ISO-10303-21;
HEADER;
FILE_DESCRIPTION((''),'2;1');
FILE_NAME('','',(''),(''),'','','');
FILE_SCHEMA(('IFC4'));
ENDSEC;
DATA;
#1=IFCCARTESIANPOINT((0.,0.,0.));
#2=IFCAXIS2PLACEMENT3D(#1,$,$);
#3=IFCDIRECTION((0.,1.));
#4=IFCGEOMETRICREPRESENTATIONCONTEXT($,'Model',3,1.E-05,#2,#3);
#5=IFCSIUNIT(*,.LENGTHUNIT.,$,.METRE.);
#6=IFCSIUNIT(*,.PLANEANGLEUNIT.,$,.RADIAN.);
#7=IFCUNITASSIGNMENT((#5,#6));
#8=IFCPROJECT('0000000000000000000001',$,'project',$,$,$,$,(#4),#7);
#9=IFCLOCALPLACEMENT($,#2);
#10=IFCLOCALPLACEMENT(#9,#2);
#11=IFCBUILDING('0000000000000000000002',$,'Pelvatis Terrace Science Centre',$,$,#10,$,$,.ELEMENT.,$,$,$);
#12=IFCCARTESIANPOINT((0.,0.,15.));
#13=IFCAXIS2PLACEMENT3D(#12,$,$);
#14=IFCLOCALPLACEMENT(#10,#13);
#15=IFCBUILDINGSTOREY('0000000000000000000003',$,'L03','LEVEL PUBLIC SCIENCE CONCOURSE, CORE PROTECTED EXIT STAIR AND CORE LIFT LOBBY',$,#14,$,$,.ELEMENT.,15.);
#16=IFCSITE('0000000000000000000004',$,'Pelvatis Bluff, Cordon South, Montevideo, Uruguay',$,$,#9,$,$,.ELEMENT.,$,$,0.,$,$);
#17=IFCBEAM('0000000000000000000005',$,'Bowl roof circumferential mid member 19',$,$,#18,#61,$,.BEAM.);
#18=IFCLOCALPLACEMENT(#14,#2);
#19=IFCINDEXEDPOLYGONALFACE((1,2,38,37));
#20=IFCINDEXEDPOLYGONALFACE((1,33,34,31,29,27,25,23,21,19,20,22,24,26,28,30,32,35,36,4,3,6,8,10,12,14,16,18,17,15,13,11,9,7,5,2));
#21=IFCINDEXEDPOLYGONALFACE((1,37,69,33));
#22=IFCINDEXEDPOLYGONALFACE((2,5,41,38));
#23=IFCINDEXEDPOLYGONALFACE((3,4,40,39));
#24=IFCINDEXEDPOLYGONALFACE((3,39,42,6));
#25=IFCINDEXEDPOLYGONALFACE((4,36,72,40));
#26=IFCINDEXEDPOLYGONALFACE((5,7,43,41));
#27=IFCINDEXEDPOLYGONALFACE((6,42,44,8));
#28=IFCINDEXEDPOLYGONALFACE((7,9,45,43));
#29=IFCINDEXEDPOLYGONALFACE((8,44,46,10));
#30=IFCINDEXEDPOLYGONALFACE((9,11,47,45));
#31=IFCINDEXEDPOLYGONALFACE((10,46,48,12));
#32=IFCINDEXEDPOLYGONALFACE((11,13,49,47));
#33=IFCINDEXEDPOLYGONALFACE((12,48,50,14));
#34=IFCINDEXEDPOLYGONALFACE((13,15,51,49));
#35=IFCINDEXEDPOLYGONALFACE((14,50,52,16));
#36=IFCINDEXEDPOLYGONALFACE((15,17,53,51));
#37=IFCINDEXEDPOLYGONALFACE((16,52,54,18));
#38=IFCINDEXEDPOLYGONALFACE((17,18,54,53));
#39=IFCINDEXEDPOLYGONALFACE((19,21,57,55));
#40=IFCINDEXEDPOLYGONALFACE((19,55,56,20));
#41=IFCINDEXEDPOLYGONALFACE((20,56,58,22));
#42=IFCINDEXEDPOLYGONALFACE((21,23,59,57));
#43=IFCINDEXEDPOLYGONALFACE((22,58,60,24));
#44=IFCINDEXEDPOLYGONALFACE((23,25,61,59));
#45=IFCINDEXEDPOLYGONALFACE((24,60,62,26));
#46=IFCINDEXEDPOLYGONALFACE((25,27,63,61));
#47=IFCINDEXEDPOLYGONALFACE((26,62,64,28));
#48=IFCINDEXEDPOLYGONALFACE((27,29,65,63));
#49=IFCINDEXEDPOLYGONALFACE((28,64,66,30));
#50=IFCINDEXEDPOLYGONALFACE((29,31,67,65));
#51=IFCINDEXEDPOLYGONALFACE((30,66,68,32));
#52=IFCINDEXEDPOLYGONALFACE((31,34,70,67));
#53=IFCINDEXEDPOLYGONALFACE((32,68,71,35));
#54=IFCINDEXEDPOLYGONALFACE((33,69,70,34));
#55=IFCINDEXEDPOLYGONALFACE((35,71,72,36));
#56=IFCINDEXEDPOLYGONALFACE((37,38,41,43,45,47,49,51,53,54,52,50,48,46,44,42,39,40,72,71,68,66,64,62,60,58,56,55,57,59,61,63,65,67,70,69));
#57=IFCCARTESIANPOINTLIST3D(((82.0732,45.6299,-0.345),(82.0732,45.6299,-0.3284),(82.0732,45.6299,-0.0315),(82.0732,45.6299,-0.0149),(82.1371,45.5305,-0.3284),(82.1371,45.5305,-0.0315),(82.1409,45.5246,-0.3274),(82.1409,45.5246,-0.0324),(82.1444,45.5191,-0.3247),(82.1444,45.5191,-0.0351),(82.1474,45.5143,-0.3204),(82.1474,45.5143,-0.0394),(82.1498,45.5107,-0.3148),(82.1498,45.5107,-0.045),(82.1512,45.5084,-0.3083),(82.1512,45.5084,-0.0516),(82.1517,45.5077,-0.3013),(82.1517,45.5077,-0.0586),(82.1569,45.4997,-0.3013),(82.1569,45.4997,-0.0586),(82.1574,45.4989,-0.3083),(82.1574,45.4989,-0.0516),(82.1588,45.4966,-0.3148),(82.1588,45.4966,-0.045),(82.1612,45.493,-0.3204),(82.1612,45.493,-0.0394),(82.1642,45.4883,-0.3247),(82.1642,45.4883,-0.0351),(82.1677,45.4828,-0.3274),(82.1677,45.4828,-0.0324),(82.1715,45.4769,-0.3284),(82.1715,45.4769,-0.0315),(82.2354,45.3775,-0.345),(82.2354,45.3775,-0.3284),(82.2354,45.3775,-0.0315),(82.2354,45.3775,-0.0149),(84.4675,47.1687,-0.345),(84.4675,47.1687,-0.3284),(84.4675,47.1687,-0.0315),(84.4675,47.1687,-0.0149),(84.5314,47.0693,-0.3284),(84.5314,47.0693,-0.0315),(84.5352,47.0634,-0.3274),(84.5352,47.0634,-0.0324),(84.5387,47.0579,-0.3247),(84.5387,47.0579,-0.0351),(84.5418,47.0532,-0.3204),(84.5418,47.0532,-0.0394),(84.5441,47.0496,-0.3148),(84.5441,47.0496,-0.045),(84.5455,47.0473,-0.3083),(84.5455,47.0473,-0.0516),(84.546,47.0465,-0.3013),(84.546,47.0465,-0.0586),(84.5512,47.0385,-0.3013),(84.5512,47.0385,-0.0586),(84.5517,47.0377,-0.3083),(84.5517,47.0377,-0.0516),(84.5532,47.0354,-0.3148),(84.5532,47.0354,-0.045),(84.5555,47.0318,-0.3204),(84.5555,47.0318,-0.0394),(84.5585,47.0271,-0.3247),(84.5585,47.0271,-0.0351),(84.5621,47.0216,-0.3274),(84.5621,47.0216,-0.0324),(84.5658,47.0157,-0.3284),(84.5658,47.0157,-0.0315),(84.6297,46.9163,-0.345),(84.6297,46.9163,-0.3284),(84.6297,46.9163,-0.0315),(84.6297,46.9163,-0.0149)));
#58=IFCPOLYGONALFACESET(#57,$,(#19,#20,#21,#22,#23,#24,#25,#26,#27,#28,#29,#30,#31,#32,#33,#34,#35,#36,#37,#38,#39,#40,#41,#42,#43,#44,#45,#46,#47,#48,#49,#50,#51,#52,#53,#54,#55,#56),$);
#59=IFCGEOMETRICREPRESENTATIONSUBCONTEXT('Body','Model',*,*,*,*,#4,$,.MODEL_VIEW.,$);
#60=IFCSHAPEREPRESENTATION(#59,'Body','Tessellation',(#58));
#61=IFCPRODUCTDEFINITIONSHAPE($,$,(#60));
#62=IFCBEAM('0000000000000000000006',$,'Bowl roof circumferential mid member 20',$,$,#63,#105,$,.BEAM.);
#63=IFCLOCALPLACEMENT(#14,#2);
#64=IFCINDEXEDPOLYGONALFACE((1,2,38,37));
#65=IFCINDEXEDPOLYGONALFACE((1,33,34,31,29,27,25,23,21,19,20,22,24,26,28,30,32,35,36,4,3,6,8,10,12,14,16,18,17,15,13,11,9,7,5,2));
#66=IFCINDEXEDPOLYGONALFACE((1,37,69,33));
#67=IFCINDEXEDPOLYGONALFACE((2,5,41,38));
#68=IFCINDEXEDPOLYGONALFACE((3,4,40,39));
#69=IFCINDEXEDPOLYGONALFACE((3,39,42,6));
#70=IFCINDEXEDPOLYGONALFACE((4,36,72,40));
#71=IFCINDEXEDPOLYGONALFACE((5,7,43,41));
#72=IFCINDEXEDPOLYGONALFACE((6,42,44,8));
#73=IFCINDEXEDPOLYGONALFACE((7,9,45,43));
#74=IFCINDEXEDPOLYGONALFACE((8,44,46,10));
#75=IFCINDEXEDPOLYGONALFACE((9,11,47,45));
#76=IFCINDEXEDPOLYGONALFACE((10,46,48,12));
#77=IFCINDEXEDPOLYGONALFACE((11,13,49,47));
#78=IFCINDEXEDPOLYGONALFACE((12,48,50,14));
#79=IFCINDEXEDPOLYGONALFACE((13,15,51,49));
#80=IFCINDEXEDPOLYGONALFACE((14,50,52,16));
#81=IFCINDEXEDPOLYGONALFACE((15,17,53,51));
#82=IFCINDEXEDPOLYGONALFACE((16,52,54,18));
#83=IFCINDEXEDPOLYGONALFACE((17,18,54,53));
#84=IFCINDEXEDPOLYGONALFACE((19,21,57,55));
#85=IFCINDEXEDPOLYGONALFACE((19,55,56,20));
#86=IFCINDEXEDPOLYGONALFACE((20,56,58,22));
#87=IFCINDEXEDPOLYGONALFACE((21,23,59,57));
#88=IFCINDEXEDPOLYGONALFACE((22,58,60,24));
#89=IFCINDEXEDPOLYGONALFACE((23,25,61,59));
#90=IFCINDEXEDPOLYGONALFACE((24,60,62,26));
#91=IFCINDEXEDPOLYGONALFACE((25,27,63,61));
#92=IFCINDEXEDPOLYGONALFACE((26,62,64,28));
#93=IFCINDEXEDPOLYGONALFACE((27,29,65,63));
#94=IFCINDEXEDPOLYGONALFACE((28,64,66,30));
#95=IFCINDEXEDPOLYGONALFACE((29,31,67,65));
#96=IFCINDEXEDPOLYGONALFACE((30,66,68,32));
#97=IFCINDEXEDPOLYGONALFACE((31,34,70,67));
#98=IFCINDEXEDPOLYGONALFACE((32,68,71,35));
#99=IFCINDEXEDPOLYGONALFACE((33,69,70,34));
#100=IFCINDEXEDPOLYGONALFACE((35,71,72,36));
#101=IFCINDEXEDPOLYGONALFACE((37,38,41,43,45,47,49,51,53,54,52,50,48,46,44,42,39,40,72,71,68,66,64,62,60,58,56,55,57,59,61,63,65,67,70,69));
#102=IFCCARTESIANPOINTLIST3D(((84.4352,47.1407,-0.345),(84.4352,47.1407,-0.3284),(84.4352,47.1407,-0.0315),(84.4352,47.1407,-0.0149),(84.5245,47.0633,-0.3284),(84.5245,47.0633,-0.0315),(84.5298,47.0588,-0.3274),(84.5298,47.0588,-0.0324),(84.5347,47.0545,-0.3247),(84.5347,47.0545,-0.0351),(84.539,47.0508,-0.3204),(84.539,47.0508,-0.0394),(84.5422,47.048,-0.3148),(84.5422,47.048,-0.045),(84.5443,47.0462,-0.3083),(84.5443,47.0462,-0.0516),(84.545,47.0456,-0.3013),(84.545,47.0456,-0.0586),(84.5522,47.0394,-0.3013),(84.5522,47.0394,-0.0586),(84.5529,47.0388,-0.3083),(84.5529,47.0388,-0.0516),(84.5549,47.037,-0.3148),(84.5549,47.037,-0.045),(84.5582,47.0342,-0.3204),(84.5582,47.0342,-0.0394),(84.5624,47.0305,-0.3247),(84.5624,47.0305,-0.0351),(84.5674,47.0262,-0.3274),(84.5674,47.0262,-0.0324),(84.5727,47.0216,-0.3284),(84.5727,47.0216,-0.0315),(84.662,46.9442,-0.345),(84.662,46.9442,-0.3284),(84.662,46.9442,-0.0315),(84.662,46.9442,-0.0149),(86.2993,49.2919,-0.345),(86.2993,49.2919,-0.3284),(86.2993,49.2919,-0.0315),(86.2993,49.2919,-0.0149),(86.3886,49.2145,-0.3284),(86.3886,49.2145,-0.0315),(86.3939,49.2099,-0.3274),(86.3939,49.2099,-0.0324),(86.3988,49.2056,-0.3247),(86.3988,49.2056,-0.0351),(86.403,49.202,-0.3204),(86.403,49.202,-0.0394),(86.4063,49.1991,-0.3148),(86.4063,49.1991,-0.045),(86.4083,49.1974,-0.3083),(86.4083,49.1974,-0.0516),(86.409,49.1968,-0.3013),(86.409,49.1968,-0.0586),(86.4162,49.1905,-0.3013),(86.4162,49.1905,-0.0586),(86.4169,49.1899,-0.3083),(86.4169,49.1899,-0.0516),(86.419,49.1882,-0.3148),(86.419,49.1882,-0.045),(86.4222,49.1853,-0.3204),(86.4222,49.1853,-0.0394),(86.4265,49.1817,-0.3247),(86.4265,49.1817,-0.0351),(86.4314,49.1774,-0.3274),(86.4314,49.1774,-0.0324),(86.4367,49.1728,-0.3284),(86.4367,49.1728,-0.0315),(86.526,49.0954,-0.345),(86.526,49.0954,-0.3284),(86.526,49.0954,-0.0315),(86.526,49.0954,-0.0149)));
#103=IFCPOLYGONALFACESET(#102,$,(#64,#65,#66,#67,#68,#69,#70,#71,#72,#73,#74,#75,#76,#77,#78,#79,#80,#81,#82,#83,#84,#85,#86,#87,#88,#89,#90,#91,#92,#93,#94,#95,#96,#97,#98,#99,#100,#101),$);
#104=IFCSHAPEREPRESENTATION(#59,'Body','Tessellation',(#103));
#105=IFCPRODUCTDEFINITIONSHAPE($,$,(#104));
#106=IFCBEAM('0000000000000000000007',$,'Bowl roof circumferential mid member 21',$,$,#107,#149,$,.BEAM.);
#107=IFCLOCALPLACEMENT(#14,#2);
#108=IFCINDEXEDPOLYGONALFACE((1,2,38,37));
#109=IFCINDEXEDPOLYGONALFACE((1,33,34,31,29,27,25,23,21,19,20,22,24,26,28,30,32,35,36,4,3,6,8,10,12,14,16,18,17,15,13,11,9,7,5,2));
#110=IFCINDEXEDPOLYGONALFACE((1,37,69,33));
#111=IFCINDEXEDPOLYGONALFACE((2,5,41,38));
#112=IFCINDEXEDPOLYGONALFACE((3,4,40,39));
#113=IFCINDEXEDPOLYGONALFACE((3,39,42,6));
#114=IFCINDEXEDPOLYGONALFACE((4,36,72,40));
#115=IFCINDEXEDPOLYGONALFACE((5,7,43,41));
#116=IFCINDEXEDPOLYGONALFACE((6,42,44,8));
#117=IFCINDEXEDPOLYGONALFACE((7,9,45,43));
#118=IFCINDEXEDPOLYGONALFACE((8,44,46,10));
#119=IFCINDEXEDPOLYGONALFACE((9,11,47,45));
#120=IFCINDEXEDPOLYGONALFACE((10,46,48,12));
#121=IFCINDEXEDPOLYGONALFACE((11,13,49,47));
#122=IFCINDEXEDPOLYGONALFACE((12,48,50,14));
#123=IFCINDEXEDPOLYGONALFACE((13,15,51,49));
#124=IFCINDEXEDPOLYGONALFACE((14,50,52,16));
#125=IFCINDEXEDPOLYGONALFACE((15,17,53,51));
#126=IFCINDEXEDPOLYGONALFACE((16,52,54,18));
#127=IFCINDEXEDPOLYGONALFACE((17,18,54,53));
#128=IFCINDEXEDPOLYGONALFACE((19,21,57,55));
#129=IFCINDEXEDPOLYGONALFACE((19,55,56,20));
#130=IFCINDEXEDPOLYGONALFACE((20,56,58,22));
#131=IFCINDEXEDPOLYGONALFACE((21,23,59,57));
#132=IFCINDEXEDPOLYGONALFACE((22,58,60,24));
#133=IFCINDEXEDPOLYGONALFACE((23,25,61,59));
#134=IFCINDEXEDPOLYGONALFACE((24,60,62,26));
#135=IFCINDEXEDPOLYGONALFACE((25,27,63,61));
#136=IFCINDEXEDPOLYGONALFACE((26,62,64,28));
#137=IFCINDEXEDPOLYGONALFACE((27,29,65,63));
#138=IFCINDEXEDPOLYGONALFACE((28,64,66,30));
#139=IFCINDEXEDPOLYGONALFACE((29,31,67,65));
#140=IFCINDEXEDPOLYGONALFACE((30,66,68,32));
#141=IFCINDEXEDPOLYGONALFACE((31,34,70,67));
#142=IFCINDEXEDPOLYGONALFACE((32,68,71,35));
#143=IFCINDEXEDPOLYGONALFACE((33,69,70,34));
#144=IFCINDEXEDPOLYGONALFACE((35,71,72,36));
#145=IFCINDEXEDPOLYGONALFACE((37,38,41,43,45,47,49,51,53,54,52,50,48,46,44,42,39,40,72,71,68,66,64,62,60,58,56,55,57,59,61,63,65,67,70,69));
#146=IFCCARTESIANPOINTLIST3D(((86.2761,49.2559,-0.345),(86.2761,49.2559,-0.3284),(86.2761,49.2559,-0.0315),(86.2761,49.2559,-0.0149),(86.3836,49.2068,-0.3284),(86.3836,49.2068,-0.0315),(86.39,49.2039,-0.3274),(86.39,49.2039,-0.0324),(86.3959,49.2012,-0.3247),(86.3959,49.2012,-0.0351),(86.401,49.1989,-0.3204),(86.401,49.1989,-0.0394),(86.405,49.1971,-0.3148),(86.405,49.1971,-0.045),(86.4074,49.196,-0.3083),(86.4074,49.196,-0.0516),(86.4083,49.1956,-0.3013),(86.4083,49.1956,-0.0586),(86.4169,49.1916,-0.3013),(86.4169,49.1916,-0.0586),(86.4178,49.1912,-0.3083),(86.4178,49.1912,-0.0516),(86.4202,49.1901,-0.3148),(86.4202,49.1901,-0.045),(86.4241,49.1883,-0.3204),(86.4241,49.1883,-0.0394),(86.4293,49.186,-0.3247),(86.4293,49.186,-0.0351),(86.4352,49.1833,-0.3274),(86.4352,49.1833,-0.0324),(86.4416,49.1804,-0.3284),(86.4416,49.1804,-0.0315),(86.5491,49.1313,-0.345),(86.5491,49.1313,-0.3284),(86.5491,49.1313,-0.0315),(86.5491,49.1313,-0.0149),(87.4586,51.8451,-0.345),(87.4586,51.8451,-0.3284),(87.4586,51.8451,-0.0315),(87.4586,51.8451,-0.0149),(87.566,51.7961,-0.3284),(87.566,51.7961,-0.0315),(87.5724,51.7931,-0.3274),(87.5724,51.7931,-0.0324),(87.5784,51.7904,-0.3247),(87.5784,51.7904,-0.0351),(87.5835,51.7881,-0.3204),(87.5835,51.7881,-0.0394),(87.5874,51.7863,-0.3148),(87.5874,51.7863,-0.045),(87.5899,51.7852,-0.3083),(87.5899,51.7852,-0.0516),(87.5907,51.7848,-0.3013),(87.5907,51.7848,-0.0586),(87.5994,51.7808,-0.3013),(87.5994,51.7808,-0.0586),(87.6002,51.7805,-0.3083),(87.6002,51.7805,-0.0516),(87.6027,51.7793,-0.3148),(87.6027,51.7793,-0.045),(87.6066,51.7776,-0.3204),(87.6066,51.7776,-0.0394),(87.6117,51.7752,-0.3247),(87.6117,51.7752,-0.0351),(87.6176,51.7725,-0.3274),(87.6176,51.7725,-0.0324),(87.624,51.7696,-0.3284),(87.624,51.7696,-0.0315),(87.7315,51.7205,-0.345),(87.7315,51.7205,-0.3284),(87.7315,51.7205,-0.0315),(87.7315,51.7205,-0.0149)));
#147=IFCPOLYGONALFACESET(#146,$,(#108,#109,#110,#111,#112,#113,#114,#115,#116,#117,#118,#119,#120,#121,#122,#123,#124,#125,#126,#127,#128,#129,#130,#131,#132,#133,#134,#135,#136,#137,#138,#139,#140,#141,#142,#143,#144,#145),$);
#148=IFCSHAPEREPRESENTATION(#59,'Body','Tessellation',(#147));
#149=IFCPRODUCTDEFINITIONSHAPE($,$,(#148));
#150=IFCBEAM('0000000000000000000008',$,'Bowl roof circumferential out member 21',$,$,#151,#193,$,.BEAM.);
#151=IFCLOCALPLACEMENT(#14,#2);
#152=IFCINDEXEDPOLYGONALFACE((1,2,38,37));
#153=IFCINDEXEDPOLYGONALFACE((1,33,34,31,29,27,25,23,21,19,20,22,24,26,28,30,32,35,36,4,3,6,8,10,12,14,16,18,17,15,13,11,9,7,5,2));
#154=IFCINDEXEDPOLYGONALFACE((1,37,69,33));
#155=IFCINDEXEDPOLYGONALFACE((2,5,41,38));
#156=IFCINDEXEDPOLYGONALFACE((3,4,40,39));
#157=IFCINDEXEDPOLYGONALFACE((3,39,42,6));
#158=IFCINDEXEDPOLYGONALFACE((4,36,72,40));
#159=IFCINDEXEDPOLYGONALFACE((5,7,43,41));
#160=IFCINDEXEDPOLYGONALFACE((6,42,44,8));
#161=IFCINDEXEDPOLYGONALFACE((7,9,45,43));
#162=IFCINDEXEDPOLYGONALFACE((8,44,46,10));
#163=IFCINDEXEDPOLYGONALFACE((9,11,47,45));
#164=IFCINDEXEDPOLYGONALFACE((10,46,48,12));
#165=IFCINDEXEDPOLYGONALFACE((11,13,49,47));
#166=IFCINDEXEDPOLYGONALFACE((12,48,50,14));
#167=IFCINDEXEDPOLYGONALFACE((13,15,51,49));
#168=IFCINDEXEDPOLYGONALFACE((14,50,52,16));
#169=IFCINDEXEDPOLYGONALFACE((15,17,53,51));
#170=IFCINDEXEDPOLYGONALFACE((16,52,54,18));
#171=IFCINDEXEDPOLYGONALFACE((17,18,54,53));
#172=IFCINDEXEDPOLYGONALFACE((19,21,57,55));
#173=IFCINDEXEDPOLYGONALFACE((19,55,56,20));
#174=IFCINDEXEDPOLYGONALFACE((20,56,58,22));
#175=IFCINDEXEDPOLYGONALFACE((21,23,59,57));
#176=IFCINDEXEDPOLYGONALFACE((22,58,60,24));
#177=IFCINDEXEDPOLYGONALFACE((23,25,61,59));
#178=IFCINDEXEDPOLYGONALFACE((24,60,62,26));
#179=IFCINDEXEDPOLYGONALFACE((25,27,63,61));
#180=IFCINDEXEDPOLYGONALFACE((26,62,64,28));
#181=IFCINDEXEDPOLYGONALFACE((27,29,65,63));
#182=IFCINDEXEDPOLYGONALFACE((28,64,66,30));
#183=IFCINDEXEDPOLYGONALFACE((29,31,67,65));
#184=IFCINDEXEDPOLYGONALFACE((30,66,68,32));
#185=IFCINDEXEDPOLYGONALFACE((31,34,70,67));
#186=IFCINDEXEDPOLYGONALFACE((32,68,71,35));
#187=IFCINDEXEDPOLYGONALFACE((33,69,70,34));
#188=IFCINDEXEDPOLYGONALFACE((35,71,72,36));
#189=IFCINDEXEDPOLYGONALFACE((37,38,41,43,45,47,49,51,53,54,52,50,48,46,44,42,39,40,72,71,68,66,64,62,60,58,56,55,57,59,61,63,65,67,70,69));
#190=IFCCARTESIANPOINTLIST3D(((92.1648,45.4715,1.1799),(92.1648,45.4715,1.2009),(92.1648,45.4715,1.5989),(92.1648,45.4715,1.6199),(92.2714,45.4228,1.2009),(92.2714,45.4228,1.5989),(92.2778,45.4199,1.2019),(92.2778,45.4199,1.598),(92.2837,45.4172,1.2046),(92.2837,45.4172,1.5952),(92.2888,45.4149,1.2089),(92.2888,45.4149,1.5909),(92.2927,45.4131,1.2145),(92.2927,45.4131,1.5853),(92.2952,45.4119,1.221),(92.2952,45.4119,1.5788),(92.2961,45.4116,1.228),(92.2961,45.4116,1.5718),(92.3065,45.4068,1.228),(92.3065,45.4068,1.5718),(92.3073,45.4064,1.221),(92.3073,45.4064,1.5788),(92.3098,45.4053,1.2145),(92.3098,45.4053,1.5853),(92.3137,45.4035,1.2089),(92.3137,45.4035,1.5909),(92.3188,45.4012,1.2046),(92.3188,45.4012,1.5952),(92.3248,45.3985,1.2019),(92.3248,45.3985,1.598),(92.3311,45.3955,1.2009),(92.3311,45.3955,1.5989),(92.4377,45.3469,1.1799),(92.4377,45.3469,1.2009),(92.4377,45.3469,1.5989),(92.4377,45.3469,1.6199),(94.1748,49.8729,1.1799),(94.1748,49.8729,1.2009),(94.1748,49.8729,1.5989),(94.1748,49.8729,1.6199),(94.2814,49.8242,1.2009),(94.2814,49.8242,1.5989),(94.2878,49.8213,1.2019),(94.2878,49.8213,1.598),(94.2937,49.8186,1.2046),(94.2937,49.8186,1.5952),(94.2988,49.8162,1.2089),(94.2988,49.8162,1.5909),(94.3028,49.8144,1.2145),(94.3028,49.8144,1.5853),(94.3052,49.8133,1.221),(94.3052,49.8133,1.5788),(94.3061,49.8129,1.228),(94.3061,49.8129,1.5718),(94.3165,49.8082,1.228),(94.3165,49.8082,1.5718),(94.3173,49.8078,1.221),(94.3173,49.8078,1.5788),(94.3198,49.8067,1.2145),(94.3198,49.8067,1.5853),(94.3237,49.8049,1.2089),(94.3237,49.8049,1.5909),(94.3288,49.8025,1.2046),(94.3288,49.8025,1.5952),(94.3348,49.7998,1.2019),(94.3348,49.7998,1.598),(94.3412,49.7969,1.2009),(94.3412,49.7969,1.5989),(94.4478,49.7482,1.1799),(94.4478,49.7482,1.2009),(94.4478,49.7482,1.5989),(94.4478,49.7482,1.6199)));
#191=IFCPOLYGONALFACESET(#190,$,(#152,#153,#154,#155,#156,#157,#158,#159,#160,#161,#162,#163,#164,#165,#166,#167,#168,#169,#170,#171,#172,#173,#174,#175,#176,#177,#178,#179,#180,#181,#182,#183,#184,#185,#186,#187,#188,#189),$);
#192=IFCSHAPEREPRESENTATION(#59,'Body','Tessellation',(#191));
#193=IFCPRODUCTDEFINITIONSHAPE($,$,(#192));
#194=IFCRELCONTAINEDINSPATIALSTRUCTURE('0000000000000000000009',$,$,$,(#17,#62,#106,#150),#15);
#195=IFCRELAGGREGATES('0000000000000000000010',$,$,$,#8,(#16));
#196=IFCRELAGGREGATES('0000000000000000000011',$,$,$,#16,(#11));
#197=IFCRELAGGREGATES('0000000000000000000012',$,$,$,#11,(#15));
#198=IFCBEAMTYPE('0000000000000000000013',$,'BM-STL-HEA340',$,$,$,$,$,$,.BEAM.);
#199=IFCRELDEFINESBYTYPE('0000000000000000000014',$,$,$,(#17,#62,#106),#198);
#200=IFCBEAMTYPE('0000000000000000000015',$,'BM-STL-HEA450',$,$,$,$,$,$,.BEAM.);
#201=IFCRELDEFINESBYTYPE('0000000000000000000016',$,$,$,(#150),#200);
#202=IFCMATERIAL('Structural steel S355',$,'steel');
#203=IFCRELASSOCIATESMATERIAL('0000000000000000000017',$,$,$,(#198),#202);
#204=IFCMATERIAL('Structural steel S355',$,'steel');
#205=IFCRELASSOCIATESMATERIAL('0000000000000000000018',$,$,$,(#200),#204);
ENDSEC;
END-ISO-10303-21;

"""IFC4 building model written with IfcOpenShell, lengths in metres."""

from ifc_helpers import new_model, si_unit, direction, frame, origin, origin_2d, place, context, subcontext, project, spatial, i_section, extrude, material, material_profile, profile_set, type_object, element, save


model = new_model("IFC4")

# Units and contexts
model_context = context("Model", 3, precision=1e-05, world=origin(), true_north=direction((0.0, 1.0)))
body_context = subcontext(model_context, "Body", "Model", "MODEL_VIEW")
ifc_project = project(units=[si_unit("LENGTHUNIT", "METRE"), si_unit("PLANEANGLEUNIT", "RADIAN")], contexts=[model_context])

# Site, building, storey
site_placement = place(None, origin())
site = spatial("IfcSite", under=ifc_project, at=site_placement, Name="Pelvatis Bluff, Cordon South, Montevideo, Uruguay", CompositionType="ELEMENT", RefElevation=0.0)
building_placement = place(site_placement, origin())
building = spatial("IfcBuilding", under=site, at=building_placement, Name="Pelvatis Terrace Science Centre", CompositionType="ELEMENT")
storey_placement = place(building_placement, frame((0.0, 0.0, 15.0)))
storey = spatial("IfcBuildingStorey", under=building, at=storey_placement, Name="L03", Description="LEVEL PUBLIC SCIENCE CONCOURSE, CORE PROTECTED EXIT STAIR AND CORE LIFT LOBBY", CompositionType="ELEMENT", Elevation=15.0)

# Beams
ifc_material_1 = material(Name="Structural steel S355", Category="steel")
ifc_material_profile_1 = material_profile(ifc_material_1, i_section(OverallWidth=0.3, OverallDepth=0.3301, WebThickness=0.0095, FlangeThickness=0.0166, FilletRadius=0.0271, at=origin_2d()), Name="HEA 340")
ifc_profile_set_1 = profile_set([ifc_material_profile_1], Name="Structural steel S355")
beam_type_1 = type_object("IfcBeamType", Name="BM-STL-HEA340", PredefinedType="BEAM", material=ifc_profile_set_1)
beam_1_placement = place(storey_placement, frame((82.1543, 45.5037, -0.1799), z_axis=(0.841237, 0.540667, 0.0), x_axis=(-0.540667, 0.841237, 0.0)))
element("IfcBeam", 1, at=beam_1_placement, inside=storey, type_object=beam_type_1, Name="Bowl roof circumferential mid member 19", PredefinedType="BEAM", context=body_context, shape_type="SweptSolid", body=[
    extrude(i_section(OverallWidth=0.3, OverallDepth=0.3301, WebThickness=0.0095, FlangeThickness=0.0166, FilletRadius=0.0271, at=origin_2d()), origin(), (0.0, 0.0, 1.0), 2.8462),
])
for number, where, z_axis, x_axis, name in (
    (2, (84.5486, 47.0425, -0.1799), (0.654872, 0.75574, 0.0), (-0.75574, 0.654872, 0.0), "Bowl roof circumferential mid member 20"),
    (3, (86.4126, 49.1936, -0.1799), (0.415405, 0.909637, 0.0), (-0.909637, 0.415405, 0.0), "Bowl roof circumferential mid member 21"),
):
    element("IfcBeam", number, at=place(storey_placement, frame(where, z_axis=z_axis, x_axis=x_axis)), inside=storey, type_object=beam_type_1, Name=name, PredefinedType="BEAM", context=body_context, shape_type="SweptSolid", body=[
        extrude(i_section(OverallWidth=0.3, OverallDepth=0.3301, WebThickness=0.0095, FlangeThickness=0.0166, FilletRadius=0.0271, at=origin_2d()), origin(), (0.0, 0.0, 1.0), 2.8464),
    ])
ifc_material_2 = material(Name="Structural steel S355", Category="steel")
ifc_material_profile_2 = material_profile(ifc_material_2, i_section(OverallWidth=0.3, OverallDepth=0.4399, WebThickness=0.0115, FlangeThickness=0.021, FilletRadius=0.0271, at=origin_2d()), Name="HEA 450")
ifc_profile_set_2 = profile_set([ifc_material_profile_2], Name="Structural steel S355")
beam_type_2 = type_object("IfcBeamType", Name="BM-STL-HEA450", PredefinedType="BEAM", material=ifc_profile_set_2)
beam_2_placement = place(storey_placement, frame((92.3013, 45.4092, 1.3999), z_axis=(0.41541, 0.909634, 0.0), x_axis=(-0.909634, 0.41541, 0.0)))
element("IfcBeam", 4, at=beam_2_placement, inside=storey, type_object=beam_type_2, Name="Bowl roof circumferential out member 21", PredefinedType="BEAM", context=body_context, shape_type="SweptSolid", body=[
    extrude(i_section(OverallWidth=0.3, OverallDepth=0.4399, WebThickness=0.0115, FlangeThickness=0.021, FilletRadius=0.0271, at=origin_2d()), origin(), (0.0, 0.0, 1.0), 4.8386),
])

save(model, "model.ifc")
